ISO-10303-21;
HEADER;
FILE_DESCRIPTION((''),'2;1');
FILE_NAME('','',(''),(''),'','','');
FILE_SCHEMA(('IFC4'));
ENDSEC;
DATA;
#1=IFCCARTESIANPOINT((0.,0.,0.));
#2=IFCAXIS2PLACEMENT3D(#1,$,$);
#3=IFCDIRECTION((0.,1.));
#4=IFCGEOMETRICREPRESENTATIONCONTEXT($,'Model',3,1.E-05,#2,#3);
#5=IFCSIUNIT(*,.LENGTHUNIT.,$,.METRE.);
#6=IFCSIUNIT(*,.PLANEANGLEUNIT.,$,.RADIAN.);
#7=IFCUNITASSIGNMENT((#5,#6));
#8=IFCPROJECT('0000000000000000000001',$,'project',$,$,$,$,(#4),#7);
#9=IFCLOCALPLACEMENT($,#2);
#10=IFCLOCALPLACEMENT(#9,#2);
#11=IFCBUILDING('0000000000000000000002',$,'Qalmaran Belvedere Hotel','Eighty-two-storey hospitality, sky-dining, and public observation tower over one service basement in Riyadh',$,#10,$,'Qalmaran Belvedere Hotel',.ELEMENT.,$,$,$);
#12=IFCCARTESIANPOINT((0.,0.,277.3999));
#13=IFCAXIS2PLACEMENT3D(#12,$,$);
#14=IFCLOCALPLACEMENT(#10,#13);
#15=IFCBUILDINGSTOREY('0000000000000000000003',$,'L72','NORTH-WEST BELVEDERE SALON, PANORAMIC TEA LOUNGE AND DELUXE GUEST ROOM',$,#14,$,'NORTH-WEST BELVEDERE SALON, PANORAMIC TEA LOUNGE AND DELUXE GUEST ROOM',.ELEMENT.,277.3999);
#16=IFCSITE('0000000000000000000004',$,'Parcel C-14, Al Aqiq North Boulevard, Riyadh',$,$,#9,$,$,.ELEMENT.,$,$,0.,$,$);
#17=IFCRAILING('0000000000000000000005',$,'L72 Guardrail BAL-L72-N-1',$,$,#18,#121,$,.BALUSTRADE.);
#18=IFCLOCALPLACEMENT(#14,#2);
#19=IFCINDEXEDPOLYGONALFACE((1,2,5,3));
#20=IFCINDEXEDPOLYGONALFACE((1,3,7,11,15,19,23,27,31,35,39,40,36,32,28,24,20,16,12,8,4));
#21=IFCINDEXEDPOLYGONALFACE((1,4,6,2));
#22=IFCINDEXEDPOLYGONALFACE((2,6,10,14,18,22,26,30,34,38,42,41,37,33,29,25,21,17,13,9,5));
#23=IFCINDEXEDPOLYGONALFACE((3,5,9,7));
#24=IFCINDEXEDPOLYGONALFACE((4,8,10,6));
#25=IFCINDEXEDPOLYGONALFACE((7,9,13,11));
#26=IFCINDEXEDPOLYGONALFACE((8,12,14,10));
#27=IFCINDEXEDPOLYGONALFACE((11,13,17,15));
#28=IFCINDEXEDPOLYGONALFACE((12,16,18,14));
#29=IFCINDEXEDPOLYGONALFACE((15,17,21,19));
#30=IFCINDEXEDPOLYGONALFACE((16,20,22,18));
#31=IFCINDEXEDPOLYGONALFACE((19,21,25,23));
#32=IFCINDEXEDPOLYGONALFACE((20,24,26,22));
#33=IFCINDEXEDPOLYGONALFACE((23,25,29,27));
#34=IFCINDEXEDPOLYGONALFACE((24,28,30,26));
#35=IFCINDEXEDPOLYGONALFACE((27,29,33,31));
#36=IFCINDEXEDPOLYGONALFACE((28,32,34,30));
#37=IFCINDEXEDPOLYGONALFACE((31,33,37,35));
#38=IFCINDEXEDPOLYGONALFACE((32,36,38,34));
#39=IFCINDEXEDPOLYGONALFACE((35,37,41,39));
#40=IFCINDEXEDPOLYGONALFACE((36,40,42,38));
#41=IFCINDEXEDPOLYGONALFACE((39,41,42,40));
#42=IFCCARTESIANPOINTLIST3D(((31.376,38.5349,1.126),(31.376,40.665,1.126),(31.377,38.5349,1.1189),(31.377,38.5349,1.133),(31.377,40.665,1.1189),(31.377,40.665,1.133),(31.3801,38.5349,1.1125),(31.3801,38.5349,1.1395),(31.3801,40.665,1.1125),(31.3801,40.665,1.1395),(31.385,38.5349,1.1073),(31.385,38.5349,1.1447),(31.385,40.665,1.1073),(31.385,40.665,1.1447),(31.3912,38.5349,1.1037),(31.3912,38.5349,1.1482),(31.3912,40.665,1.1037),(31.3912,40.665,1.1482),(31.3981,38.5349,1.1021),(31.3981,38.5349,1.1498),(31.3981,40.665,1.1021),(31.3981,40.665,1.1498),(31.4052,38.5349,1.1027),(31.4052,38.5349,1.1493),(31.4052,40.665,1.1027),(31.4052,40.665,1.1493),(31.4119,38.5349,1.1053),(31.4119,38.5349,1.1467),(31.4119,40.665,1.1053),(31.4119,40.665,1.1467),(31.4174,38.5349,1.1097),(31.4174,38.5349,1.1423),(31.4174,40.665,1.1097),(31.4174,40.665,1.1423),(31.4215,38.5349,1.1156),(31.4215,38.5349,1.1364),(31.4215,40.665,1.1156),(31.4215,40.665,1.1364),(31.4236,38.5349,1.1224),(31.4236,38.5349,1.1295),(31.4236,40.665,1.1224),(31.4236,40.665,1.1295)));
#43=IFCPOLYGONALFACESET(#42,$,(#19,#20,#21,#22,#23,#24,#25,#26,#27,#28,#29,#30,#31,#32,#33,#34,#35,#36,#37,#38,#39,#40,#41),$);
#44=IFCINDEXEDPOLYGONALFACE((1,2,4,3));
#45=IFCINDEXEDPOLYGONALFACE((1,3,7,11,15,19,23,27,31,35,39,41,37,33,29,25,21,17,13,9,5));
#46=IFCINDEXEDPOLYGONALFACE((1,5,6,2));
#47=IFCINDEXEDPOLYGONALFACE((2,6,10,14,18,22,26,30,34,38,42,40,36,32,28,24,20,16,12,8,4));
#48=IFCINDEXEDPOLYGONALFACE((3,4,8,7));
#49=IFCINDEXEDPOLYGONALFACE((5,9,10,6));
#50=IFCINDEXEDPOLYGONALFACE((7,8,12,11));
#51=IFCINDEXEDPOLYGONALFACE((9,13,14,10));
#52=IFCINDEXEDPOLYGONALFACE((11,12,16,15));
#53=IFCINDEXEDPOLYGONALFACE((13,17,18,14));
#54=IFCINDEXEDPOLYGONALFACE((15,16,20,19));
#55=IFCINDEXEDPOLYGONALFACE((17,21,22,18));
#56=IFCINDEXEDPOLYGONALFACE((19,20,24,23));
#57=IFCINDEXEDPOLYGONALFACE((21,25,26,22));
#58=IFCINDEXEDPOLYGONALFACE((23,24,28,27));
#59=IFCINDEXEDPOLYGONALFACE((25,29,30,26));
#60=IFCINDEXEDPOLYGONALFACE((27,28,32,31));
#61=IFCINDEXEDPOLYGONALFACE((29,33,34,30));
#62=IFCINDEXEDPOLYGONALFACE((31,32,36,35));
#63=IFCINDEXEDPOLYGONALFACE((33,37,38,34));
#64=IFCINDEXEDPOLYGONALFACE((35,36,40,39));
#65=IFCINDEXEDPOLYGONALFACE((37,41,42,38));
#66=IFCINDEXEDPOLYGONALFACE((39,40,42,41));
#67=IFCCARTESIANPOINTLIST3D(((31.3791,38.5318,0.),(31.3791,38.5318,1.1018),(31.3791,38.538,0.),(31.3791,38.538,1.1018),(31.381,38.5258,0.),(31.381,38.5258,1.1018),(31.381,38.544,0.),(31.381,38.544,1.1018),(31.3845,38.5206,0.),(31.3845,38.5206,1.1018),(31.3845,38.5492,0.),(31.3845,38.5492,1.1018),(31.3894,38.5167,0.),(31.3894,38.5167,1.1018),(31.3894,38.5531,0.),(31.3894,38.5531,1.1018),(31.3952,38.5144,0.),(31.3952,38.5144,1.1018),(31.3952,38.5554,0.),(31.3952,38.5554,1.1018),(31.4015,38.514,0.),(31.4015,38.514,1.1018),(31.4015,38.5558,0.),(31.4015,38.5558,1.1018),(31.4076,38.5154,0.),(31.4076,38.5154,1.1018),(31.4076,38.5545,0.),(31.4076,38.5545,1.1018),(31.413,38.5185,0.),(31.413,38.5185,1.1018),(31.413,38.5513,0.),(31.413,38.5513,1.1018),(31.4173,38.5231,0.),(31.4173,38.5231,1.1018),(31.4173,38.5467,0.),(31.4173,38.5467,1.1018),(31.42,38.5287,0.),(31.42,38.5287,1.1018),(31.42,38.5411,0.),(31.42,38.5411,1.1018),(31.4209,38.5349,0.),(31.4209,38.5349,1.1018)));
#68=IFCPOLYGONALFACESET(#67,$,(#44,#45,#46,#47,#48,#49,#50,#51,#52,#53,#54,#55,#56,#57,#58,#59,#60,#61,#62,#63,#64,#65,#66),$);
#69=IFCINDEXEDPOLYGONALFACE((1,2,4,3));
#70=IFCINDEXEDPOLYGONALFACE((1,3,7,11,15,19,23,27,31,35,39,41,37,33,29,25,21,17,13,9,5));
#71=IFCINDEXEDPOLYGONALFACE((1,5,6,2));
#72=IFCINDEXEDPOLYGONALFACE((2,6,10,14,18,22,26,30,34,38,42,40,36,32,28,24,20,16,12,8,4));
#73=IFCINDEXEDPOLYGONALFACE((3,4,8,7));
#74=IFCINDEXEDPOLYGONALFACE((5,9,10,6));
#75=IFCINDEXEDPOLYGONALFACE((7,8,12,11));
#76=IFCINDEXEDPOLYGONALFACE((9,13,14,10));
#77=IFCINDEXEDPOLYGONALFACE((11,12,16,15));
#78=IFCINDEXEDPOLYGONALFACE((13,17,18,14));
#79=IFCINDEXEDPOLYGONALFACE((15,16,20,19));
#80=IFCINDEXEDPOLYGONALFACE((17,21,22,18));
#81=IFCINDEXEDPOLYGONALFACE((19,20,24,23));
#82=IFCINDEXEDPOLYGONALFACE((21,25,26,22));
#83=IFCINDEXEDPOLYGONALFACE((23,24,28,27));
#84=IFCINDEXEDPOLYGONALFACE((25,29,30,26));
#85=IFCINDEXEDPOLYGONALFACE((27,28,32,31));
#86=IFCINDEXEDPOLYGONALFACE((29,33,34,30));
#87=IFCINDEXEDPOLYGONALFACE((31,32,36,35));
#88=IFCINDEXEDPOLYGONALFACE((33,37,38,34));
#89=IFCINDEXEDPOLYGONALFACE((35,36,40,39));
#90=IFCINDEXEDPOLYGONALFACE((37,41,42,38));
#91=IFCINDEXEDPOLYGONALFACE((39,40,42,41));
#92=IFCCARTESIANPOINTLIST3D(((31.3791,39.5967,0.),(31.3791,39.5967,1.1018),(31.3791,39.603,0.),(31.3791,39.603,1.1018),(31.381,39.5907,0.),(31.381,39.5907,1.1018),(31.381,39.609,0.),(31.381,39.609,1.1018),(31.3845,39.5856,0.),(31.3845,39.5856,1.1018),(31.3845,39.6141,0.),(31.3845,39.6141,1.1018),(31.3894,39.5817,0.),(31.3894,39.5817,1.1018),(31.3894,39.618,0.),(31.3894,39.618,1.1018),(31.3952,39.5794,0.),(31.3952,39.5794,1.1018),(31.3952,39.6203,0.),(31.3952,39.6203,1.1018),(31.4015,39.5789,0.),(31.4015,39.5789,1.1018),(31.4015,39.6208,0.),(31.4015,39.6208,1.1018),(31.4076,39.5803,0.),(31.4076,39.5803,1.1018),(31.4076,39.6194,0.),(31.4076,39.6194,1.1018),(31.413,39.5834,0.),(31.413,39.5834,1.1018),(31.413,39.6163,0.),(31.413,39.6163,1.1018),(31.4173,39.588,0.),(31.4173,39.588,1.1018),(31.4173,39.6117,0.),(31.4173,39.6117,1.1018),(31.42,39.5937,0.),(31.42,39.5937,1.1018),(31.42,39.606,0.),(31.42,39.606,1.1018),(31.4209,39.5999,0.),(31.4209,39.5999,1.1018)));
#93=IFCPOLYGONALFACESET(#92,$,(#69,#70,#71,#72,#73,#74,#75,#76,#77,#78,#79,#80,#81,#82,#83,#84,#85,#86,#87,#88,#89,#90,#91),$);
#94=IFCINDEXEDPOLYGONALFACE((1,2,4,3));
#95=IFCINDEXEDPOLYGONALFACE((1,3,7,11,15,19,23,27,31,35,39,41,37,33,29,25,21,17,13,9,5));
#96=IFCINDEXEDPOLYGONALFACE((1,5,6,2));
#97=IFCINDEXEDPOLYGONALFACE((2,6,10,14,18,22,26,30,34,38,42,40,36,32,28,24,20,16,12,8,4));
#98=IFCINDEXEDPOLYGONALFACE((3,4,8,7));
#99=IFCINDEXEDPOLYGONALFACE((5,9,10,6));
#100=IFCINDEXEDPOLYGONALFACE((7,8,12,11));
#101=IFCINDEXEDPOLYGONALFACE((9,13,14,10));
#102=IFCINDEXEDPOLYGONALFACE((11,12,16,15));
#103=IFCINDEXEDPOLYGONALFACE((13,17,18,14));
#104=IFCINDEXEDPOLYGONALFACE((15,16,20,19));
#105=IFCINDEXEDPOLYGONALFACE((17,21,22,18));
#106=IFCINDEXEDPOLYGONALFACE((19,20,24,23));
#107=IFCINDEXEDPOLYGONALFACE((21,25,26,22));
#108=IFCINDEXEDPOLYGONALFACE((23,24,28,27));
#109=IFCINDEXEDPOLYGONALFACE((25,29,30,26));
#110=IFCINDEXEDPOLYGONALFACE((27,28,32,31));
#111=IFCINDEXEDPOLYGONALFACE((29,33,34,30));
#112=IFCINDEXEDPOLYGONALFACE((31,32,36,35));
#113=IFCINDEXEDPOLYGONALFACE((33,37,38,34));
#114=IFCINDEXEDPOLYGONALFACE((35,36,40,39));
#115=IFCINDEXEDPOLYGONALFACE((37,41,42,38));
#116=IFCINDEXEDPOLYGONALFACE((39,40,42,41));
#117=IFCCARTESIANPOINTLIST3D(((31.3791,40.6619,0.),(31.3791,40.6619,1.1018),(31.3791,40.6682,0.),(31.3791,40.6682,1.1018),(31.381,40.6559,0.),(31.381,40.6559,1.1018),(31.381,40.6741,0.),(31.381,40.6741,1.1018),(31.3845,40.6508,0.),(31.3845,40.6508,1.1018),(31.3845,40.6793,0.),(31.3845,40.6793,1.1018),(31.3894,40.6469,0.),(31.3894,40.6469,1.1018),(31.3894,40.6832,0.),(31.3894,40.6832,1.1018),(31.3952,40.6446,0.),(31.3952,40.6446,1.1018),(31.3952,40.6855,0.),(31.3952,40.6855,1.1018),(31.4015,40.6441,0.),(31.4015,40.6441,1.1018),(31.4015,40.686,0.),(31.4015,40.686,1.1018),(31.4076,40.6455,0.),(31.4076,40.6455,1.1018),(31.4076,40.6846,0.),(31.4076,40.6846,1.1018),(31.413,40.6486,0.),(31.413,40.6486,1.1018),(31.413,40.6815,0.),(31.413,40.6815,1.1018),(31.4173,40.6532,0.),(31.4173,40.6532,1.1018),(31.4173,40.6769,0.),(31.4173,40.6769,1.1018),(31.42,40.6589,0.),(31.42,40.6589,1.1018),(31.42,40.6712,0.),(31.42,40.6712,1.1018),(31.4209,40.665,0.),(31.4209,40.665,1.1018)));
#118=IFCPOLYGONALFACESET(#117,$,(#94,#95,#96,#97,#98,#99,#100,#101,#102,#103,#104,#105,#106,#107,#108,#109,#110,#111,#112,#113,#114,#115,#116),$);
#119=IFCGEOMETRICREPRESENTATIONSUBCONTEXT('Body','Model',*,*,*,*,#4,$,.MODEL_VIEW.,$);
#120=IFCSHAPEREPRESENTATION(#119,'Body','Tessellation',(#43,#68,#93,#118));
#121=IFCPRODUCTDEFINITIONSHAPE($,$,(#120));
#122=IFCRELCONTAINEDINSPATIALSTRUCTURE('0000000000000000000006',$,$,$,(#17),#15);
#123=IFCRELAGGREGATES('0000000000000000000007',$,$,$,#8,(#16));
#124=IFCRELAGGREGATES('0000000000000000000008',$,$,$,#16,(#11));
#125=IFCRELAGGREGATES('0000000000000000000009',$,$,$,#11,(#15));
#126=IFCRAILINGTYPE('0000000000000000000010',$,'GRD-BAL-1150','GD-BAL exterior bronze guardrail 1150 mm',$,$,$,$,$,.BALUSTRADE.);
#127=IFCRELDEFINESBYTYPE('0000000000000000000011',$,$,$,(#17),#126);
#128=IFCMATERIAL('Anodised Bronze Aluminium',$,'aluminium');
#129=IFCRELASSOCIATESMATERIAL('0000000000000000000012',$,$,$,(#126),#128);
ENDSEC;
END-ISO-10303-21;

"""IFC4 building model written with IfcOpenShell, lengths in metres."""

from ifc_helpers import new_model, si_unit, direction, frame, origin, origin_2d, place, context, subcontext, project, spatial, circle, extrude, material, type_object, element, save


model = new_model("IFC4")

# Units and contexts
model_context = context("Model", 3, precision=1e-05, world=origin(), true_north=direction((0.0, 1.0)))
body_context = subcontext(model_context, "Body", "Model", "MODEL_VIEW")
ifc_project = project(units=[si_unit("LENGTHUNIT", "METRE"), si_unit("PLANEANGLEUNIT", "RADIAN")], contexts=[model_context])

# Site, building, storey
site_placement = place(None, origin())
site = spatial("IfcSite", under=ifc_project, at=site_placement, Name="Parcel C-14, Al Aqiq North Boulevard, Riyadh", CompositionType="ELEMENT", RefElevation=0.0)
building_placement = place(site_placement, origin())
building = spatial("IfcBuilding", under=site, at=building_placement, Name="Qalmaran Belvedere Hotel", Description="Eighty-two-storey hospitality, sky-dining, and public observation tower over one service basement in Riyadh", LongName="Qalmaran Belvedere Hotel", CompositionType="ELEMENT")
storey_placement = place(building_placement, frame((0.0, 0.0, 277.3999)))
storey = spatial("IfcBuildingStorey", under=building, at=storey_placement, Name="L72", Description="NORTH-WEST BELVEDERE SALON, PANORAMIC TEA LOUNGE AND DELUXE GUEST ROOM", LongName="NORTH-WEST BELVEDERE SALON, PANORAMIC TEA LOUNGE AND DELUXE GUEST ROOM", CompositionType="ELEMENT", Elevation=277.3999)

# Shared definitions
ifc_material_1 = material(Name="Anodised Bronze Aluminium", Category="aluminium")

# Railing
railing_type = type_object("IfcRailingType", Name="GRD-BAL-1150", Description="GD-BAL exterior bronze guardrail 1150 mm", PredefinedType="BALUSTRADE", material=ifc_material_1)
railing_1_placement = place(storey_placement, frame((31.3999, 38.5349, 0.0)))
element("IfcRailing", 1, at=railing_1_placement, inside=storey, type_object=railing_type, Name="L72 Guardrail BAL-L72-N-1", PredefinedType="BALUSTRADE", context=body_context, shape_type="SweptSolid", body=[
    extrude(circle(Radius=0.0239, at=origin_2d()), frame((0.0, 0.0, 1.126), z_axis=(0.0, 1.0, 0.0), x_axis=(-1.0, 0.0, 0.0)), (0.0, 0.0, 1.0), 2.1301),
    extrude(circle(Radius=0.021, at=origin_2d()), origin(), (0.0, 0.0, 1.0), 1.1018),
    extrude(circle(Radius=0.021, at=origin_2d()), frame((0.0, 1.0649, 0.0)), (0.0, 0.0, 1.0), 1.1018),
    extrude(circle(Radius=0.021, at=origin_2d()), frame((0.0, 2.1301, 0.0)), (0.0, 0.0, 1.0), 1.1018),
])

save(model, "model.ifc")
